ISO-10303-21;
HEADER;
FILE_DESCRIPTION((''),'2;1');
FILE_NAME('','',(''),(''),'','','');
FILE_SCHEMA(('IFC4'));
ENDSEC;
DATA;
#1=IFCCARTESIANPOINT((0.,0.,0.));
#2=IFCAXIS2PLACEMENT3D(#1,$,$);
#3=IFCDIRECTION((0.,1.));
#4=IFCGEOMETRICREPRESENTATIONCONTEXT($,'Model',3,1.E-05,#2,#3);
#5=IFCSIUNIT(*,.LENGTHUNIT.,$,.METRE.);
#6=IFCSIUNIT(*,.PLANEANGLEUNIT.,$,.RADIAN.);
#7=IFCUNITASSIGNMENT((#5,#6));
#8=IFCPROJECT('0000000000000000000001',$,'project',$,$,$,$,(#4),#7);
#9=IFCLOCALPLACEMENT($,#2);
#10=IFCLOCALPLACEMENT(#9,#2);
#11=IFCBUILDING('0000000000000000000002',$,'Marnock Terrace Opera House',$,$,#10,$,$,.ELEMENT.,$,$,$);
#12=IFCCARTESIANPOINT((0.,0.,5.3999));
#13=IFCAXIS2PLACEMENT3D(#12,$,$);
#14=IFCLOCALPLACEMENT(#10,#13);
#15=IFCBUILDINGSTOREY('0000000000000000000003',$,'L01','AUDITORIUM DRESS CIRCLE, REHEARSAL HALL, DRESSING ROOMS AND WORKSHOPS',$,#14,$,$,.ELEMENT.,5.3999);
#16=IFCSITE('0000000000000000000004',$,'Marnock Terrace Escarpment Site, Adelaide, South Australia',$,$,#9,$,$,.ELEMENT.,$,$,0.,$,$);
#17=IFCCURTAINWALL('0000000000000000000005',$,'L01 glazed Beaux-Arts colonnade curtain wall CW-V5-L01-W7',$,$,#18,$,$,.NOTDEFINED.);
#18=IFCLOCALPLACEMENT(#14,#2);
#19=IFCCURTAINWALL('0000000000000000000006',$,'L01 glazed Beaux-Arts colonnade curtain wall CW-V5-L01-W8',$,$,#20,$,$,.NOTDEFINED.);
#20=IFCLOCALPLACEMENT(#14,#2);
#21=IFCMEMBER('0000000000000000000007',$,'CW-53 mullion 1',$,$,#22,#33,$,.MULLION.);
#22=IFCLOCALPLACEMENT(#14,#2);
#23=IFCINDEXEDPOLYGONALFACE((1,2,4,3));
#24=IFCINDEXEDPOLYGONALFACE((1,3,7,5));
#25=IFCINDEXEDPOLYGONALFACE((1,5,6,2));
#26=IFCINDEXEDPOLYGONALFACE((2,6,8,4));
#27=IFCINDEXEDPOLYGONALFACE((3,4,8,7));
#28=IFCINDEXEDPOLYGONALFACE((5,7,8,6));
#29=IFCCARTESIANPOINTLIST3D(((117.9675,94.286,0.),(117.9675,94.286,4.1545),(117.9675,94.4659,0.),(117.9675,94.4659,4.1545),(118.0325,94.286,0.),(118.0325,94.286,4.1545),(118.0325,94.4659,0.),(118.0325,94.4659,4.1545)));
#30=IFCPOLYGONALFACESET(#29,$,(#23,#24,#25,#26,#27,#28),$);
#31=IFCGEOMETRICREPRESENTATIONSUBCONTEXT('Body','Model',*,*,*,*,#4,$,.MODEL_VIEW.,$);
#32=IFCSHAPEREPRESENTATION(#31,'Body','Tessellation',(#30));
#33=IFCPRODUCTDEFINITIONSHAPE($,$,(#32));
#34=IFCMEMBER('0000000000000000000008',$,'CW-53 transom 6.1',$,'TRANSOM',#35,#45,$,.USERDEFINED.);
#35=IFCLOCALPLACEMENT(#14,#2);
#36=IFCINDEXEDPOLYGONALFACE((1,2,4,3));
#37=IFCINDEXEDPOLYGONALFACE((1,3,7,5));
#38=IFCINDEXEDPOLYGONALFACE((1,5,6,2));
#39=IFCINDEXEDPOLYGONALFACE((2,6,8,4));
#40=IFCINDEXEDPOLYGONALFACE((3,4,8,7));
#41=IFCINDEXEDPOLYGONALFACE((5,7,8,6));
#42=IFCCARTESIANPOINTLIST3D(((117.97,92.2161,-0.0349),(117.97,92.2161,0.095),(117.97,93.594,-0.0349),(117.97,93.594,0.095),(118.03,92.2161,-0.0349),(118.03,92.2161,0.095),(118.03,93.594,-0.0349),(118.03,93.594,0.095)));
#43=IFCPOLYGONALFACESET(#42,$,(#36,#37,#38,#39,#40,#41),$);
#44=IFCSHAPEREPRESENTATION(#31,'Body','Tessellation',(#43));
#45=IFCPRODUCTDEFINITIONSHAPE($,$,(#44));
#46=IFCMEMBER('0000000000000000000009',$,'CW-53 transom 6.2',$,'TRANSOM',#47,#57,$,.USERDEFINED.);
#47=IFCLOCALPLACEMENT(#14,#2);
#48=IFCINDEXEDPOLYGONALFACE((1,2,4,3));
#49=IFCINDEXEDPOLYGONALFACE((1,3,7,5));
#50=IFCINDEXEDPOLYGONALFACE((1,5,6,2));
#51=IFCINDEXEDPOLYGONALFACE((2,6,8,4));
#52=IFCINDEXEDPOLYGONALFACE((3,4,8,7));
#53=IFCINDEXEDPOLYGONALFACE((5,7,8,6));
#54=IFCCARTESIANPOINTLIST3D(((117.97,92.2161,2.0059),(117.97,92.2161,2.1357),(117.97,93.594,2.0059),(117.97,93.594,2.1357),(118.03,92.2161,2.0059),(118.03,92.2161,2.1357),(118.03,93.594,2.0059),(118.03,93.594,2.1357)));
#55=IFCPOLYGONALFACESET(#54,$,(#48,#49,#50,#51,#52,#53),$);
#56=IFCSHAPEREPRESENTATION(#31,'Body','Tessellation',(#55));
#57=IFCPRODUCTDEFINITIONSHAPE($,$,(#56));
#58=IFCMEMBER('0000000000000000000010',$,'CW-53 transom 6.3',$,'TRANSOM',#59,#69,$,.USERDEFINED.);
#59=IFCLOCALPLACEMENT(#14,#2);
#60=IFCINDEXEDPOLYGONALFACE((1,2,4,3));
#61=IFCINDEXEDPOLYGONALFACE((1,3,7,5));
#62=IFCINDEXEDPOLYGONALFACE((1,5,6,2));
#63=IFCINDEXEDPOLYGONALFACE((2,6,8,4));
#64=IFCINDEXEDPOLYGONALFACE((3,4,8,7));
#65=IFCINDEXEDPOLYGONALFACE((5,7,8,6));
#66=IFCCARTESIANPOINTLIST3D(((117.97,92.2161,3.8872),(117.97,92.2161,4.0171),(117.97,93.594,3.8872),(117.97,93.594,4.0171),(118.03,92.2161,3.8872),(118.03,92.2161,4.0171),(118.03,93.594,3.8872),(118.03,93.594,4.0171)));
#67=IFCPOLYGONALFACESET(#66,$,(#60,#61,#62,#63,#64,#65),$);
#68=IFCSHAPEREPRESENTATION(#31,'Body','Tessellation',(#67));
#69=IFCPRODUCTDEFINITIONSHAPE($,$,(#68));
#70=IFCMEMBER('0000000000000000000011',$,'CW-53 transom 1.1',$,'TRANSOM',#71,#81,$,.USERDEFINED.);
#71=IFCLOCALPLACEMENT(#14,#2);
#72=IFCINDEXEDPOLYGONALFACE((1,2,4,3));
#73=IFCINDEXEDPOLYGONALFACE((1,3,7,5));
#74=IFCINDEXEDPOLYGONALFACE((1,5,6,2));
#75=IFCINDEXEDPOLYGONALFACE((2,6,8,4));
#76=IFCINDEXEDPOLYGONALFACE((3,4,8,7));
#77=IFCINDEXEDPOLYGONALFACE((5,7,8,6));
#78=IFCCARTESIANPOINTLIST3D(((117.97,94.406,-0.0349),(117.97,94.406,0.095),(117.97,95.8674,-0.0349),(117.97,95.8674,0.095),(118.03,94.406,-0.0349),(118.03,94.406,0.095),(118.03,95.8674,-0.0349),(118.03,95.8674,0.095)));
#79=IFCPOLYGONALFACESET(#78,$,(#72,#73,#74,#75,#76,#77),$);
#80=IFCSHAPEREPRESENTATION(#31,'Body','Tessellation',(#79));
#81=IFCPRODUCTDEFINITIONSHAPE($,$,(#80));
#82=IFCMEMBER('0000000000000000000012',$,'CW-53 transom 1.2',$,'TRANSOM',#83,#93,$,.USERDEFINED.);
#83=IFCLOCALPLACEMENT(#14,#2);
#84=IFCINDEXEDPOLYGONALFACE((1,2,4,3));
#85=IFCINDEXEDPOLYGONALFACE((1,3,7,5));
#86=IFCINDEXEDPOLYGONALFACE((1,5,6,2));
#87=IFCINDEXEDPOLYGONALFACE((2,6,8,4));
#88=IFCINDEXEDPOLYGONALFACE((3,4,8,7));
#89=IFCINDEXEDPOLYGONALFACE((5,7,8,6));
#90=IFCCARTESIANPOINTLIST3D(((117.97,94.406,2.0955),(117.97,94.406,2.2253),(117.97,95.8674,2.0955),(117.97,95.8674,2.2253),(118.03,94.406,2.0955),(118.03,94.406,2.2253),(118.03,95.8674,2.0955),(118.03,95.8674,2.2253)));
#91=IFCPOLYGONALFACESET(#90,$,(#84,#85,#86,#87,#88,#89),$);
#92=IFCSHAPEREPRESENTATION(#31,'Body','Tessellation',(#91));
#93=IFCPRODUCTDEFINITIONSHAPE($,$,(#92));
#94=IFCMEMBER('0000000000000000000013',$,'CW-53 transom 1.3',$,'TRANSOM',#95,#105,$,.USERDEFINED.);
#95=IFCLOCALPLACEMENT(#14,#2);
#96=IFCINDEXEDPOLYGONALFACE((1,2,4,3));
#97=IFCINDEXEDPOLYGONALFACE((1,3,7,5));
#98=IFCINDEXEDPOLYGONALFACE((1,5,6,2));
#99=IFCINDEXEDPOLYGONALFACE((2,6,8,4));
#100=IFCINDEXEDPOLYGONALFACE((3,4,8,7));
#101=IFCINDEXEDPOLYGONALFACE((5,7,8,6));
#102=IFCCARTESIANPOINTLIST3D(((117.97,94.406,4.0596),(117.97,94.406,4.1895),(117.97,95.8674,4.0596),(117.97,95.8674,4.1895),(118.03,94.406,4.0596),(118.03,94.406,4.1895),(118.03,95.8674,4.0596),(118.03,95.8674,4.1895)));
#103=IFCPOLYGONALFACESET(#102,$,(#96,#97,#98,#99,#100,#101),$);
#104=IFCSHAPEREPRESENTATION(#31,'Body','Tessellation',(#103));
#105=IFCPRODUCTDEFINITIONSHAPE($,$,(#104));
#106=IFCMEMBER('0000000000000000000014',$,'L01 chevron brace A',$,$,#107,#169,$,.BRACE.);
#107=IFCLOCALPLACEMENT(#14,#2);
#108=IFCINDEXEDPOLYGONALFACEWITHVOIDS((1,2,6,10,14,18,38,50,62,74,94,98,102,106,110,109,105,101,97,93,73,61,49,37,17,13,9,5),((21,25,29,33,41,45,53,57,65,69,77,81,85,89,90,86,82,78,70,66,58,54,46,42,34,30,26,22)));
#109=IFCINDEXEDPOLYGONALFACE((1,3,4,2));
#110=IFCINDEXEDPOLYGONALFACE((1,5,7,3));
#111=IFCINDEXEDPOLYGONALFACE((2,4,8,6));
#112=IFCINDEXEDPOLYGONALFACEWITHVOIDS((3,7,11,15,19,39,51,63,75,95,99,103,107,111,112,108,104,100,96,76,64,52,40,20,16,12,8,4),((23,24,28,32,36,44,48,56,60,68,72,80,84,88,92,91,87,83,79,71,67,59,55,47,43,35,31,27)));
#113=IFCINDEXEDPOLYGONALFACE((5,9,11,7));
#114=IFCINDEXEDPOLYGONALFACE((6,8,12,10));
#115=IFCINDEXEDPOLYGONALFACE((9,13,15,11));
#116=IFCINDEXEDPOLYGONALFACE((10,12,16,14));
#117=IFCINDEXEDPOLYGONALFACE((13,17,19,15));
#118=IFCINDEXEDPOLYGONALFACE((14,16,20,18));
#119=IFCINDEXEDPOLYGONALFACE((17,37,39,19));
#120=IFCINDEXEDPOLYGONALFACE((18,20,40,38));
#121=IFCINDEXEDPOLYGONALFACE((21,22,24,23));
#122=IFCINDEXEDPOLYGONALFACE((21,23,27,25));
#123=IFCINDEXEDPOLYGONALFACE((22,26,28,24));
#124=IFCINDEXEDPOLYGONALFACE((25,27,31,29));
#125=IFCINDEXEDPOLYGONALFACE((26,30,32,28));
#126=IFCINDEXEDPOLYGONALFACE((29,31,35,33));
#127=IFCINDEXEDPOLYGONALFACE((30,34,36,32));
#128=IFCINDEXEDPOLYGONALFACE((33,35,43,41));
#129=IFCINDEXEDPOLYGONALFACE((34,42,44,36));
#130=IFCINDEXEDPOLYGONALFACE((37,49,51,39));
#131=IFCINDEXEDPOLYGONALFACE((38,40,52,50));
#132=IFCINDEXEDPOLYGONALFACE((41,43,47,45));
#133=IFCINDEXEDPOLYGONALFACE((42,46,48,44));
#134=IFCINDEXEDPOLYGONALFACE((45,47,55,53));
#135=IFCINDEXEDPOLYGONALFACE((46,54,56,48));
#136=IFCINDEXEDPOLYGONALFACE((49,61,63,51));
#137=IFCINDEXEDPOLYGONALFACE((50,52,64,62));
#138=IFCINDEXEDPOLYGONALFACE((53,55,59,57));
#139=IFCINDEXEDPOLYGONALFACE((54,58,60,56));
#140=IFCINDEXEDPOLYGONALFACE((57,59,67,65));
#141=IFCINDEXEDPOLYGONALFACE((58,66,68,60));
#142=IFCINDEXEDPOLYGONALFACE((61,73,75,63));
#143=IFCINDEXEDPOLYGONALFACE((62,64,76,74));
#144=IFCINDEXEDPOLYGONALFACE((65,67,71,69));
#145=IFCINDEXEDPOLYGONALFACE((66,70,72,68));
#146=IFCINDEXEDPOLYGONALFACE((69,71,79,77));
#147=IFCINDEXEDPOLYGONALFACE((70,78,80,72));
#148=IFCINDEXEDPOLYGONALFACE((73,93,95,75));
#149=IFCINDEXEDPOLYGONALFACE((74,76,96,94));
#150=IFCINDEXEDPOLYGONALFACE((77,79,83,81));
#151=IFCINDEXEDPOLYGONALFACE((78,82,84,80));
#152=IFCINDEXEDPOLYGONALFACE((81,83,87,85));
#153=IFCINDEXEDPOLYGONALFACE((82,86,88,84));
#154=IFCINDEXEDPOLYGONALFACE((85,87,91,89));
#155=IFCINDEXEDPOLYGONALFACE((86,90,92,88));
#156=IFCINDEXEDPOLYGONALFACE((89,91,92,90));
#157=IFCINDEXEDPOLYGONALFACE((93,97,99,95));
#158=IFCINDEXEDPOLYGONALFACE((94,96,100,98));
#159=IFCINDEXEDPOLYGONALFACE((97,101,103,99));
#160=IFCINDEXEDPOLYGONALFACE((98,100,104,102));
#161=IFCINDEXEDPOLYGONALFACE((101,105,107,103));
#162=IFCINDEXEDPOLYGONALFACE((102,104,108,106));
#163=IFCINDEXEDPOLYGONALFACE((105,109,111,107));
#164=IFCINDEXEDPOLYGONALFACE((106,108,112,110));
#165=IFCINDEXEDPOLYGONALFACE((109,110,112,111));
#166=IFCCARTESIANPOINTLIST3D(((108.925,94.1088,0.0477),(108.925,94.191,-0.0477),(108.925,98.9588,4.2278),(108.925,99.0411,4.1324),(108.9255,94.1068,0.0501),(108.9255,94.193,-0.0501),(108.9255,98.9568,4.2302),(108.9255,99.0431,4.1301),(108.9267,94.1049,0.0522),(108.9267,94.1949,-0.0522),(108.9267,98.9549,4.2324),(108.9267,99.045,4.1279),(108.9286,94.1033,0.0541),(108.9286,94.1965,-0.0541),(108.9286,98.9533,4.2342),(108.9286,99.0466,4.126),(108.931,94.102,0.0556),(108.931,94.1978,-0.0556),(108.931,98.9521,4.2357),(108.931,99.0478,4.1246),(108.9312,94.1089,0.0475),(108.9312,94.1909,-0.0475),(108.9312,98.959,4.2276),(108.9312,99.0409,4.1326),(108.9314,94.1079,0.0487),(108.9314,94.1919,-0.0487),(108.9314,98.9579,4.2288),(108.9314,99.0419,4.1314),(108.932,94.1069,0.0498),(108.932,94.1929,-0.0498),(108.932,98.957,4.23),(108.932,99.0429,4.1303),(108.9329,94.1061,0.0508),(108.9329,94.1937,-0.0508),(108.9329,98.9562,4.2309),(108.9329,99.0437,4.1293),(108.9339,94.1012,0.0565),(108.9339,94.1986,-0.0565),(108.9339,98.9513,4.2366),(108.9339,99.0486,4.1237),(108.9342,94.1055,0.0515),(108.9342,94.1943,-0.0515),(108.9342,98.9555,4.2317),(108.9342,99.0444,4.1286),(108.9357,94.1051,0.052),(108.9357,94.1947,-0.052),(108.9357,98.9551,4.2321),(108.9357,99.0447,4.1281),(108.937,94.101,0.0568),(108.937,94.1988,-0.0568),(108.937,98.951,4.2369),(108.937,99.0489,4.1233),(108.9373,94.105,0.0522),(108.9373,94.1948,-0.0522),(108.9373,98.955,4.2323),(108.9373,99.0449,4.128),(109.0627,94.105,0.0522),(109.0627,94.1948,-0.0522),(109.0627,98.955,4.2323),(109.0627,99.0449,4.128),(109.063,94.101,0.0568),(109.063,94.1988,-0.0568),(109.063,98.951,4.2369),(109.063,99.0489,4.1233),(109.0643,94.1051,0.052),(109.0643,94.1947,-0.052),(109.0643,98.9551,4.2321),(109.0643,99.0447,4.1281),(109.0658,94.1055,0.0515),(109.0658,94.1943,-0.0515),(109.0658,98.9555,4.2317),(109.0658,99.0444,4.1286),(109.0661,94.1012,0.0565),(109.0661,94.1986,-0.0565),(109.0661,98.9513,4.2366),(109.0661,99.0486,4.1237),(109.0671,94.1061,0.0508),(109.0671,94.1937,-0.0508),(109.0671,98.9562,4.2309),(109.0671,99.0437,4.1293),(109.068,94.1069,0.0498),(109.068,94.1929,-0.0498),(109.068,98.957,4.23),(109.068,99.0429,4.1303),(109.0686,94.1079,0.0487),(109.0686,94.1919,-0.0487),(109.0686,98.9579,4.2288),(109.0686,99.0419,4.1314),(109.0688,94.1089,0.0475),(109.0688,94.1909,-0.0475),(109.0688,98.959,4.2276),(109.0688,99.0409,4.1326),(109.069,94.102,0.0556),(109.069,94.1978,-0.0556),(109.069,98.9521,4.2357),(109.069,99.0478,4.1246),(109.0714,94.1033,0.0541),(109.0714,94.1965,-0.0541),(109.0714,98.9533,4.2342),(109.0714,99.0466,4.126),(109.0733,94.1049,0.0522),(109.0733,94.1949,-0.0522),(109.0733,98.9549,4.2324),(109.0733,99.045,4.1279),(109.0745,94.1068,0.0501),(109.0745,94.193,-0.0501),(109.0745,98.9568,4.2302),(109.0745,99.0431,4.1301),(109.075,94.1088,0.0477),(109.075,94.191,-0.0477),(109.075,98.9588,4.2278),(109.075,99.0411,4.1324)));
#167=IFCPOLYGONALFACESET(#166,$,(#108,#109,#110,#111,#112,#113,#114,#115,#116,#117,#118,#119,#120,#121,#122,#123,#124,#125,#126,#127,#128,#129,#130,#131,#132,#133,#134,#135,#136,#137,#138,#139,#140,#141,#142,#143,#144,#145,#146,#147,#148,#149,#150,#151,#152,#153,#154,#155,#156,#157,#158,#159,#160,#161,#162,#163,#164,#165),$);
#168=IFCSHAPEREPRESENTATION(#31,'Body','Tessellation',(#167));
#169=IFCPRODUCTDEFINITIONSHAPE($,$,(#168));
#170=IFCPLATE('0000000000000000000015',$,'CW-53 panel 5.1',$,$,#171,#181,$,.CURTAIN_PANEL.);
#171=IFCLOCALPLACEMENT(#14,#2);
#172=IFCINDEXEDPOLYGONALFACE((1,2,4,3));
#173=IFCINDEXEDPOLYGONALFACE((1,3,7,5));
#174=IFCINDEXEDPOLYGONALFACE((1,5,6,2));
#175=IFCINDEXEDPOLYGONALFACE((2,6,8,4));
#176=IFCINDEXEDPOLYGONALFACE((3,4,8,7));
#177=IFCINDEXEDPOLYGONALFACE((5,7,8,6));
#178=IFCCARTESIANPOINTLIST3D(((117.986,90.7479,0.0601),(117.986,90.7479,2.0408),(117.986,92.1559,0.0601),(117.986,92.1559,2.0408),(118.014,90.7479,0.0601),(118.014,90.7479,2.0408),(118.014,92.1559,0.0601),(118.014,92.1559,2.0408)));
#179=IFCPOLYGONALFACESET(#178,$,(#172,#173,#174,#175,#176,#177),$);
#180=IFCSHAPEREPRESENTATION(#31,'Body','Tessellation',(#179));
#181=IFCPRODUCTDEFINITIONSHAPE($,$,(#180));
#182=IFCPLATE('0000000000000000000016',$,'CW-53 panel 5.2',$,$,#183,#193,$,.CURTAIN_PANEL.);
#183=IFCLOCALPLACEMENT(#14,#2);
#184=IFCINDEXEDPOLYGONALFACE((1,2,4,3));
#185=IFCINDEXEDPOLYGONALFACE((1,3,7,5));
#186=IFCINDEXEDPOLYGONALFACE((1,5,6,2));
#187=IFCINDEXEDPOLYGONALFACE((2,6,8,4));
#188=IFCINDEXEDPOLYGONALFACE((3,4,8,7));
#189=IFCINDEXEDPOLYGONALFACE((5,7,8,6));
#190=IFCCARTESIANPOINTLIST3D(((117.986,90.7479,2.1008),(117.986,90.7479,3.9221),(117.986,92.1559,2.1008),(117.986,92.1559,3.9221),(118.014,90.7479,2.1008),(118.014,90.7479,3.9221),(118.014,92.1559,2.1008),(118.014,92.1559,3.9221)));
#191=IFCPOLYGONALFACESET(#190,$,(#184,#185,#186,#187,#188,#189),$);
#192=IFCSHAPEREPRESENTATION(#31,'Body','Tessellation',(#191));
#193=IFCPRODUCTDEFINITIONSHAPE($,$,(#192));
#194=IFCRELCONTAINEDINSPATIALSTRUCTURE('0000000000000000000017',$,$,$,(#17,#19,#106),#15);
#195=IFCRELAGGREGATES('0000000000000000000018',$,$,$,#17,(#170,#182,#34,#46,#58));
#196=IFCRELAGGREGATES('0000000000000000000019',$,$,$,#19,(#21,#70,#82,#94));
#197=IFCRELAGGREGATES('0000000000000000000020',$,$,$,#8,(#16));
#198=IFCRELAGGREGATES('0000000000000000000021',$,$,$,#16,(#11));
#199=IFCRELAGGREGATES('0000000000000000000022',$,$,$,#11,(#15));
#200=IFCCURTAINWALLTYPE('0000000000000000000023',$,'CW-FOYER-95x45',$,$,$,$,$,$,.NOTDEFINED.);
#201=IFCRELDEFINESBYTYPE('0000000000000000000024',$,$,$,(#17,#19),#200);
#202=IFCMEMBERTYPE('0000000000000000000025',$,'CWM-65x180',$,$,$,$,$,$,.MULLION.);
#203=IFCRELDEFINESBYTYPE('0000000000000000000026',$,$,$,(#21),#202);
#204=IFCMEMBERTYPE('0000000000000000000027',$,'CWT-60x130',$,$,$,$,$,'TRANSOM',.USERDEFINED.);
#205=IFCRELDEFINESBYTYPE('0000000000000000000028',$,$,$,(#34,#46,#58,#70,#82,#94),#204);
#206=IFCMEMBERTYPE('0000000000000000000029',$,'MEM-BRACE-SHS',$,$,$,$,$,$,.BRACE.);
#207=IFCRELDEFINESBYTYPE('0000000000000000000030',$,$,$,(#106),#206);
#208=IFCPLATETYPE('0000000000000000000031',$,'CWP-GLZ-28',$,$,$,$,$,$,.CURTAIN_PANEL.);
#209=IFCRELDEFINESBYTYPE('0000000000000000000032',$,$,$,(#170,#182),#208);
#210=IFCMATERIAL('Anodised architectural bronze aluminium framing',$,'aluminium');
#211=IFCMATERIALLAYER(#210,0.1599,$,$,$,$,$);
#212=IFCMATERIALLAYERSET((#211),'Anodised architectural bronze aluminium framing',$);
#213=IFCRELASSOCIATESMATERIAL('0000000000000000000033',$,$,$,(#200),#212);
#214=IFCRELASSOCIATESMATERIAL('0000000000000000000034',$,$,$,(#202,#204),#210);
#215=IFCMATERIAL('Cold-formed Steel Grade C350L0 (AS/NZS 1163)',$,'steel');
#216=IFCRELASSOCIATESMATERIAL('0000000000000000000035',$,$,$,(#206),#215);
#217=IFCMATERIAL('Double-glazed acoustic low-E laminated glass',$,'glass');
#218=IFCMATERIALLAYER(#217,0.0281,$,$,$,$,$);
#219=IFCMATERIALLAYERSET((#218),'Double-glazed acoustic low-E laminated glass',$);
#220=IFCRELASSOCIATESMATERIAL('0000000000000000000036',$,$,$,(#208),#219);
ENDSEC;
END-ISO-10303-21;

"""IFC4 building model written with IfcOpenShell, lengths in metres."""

from ifc_helpers import new_model, si_unit, direction, frame, origin, origin_2d, place, context, subcontext, project, spatial, rectangle, hollow_rectangle, extrude, material, layer, layer_set, material_profile, profile_set, type_object, element, aggregate, save


model = new_model("IFC4")

# Units and contexts
model_context = context("Model", 3, precision=1e-05, world=origin(), true_north=direction((0.0, 1.0)))
body_context = subcontext(model_context, "Body", "Model", "MODEL_VIEW")
ifc_project = project(units=[si_unit("LENGTHUNIT", "METRE"), si_unit("PLANEANGLEUNIT", "RADIAN")], contexts=[model_context])

# Site, building, storey
site_placement = place(None, origin())
site = spatial("IfcSite", under=ifc_project, at=site_placement, Name="Marnock Terrace Escarpment Site, Adelaide, South Australia", CompositionType="ELEMENT", RefElevation=0.0)
building_placement = place(site_placement, origin())
building = spatial("IfcBuilding", under=site, at=building_placement, Name="Marnock Terrace Opera House", CompositionType="ELEMENT")
storey_placement = place(building_placement, frame((0.0, 0.0, 5.3999)))
storey = spatial("IfcBuildingStorey", under=building, at=storey_placement, Name="L01", Description="AUDITORIUM DRESS CIRCLE, REHEARSAL HALL, DRESSING ROOMS AND WORKSHOPS", CompositionType="ELEMENT", Elevation=5.3999)

# Curtain wall
ifc_material_1 = material(Name="Anodised architectural bronze aluminium framing", Category="aluminium")
ifc_layer_1 = layer(ifc_material_1, 0.1599)
ifc_layer_set_1 = layer_set([ifc_layer_1], Name="Anodised architectural bronze aluminium framing")
curtain_wall_type = type_object("IfcCurtainWallType", Name="CW-FOYER-95x45", PredefinedType="NOTDEFINED", material=ifc_layer_set_1)
curtain_wall_1_placement = place(storey_placement, origin())
curtain_wall_1 = element("IfcCurtainWall", 1, at=curtain_wall_1_placement, inside=storey, type_object=curtain_wall_type, Name="L01 glazed Beaux-Arts colonnade curtain wall CW-V5-L01-W7", PredefinedType="NOTDEFINED")
ifc_material_profile_1 = material_profile(ifc_material_1, rectangle(XDim=0.0649, YDim=0.1799, at=origin_2d()))
ifc_profile_set_1 = profile_set([ifc_material_profile_1], Name="Anodised architectural bronze aluminium framing")
member_type_1 = type_object("IfcMemberType", Name="CWM-65x180", PredefinedType="MULLION", material=ifc_profile_set_1)

# Curtain wall, member
curtain_wall_2_placement = place(storey_placement, origin())
curtain_wall_2 = element("IfcCurtainWall", 2, at=curtain_wall_2_placement, inside=storey, type_object=curtain_wall_type, Name="L01 glazed Beaux-Arts colonnade curtain wall CW-V5-L01-W8", PredefinedType="NOTDEFINED")
member_1_placement = place(storey_placement, frame((118.0, 94.376, 0.0), z_axis=(0.0, 0.0, 1.0), x_axis=(-1.0, 0.0, 0.0)))
member_1 = element("IfcMember", 3, at=member_1_placement, type_object=member_type_1, Name="CW-53 mullion 1", PredefinedType="MULLION", context=body_context, shape_type="SweptSolid", body=[
    extrude(rectangle(XDim=0.0649, YDim=0.1799, at=origin_2d()), origin(), (0.0, 0.0, 1.0), 4.1545),
])

# Members
ifc_material_profile_2 = material_profile(ifc_material_1, rectangle(XDim=0.0601, YDim=0.1299, at=origin_2d()))
ifc_profile_set_2 = profile_set([ifc_material_profile_2], Name="Anodised architectural bronze aluminium framing")
member_type_2 = type_object("IfcMemberType", Name="CWT-60x130", ElementType="TRANSOM", PredefinedType="USERDEFINED", material=ifc_profile_set_2)
member_2_placement = place(storey_placement, frame((118.0, 92.2161, 0.03), z_axis=(0.0, 1.0, 0.0), x_axis=(-1.0, 0.0, 0.0)))
member_2 = element("IfcMember", 4, at=member_2_placement, type_object=member_type_2, Name="CW-53 transom 6.1", ObjectType="TRANSOM", PredefinedType="USERDEFINED", context=body_context, shape_type="SweptSolid", body=[
    extrude(rectangle(XDim=0.0601, YDim=0.1299, at=origin_2d()), origin(), (0.0, 0.0, 1.0), 1.3779),
])
member_3_placement = place(storey_placement, frame((118.0, 92.2161, 2.0708), z_axis=(0.0, 1.0, 0.0), x_axis=(-1.0, 0.0, 0.0)))
member_3 = element("IfcMember", 5, at=member_3_placement, type_object=member_type_2, Name="CW-53 transom 6.2", ObjectType="TRANSOM", PredefinedType="USERDEFINED", context=body_context, shape_type="SweptSolid", body=[
    extrude(rectangle(XDim=0.0601, YDim=0.1299, at=origin_2d()), origin(), (0.0, 0.0, 1.0), 1.3779),
])
member_4_placement = place(storey_placement, frame((118.0, 92.2161, 3.9521), z_axis=(0.0, 1.0, 0.0), x_axis=(-1.0, 0.0, 0.0)))
member_4 = element("IfcMember", 6, at=member_4_placement, type_object=member_type_2, Name="CW-53 transom 6.3", ObjectType="TRANSOM", PredefinedType="USERDEFINED", context=body_context, shape_type="SweptSolid", body=[
    extrude(rectangle(XDim=0.0601, YDim=0.1299, at=origin_2d()), origin(), (0.0, 0.0, 1.0), 1.3779),
])
member_5_placement = place(storey_placement, frame((118.0, 94.406, 0.03), z_axis=(0.0, 1.0, 0.0), x_axis=(-1.0, 0.0, 0.0)))
member_5 = element("IfcMember", 7, at=member_5_placement, type_object=member_type_2, Name="CW-53 transom 1.1", ObjectType="TRANSOM", PredefinedType="USERDEFINED", context=body_context, shape_type="SweptSolid", body=[
    extrude(rectangle(XDim=0.0601, YDim=0.1299, at=origin_2d()), origin(), (0.0, 0.0, 1.0), 1.4614),
])
member_6_placement = place(storey_placement, frame((118.0, 94.406, 2.1604), z_axis=(0.0, 1.0, 0.0), x_axis=(-1.0, 0.0, 0.0)))
member_6 = element("IfcMember", 8, at=member_6_placement, type_object=member_type_2, Name="CW-53 transom 1.2", ObjectType="TRANSOM", PredefinedType="USERDEFINED", context=body_context, shape_type="SweptSolid", body=[
    extrude(rectangle(XDim=0.0601, YDim=0.1299, at=origin_2d()), origin(), (0.0, 0.0, 1.0), 1.4614),
])
member_7_placement = place(storey_placement, frame((118.0, 94.406, 4.1245), z_axis=(0.0, 1.0, 0.0), x_axis=(-1.0, 0.0, 0.0)))
member_7 = element("IfcMember", 9, at=member_7_placement, type_object=member_type_2, Name="CW-53 transom 1.3", ObjectType="TRANSOM", PredefinedType="USERDEFINED", context=body_context, shape_type="SweptSolid", body=[
    extrude(rectangle(XDim=0.0601, YDim=0.1299, at=origin_2d()), origin(), (0.0, 0.0, 1.0), 1.4614),
])
ifc_material_2 = material(Name="Cold-formed Steel Grade C350L0 (AS/NZS 1163)", Category="steel")
ifc_material_profile_3 = material_profile(ifc_material_2, hollow_rectangle(XDim=0.1499, YDim=0.1499, WallThickness=0.0061, InnerFilletRadius=0.0061, OuterFilletRadius=0.012, at=origin_2d()))
ifc_profile_set_3 = profile_set([ifc_material_profile_3], Name="Cold-formed Steel Grade C350L0 (AS/NZS 1163)")
member_type_3 = type_object("IfcMemberType", Name="MEM-BRACE-SHS", PredefinedType="BRACE", material=ifc_profile_set_3)
member_8_placement = place(storey_placement, frame((109.0, 94.1499, 0.0), z_axis=(0.0, 0.757483, 0.652855), x_axis=(-1.0, 0.0, 0.0)))
element("IfcMember", 10, at=member_8_placement, inside=storey, type_object=member_type_3, Name="L01 chevron brace A", PredefinedType="BRACE", context=body_context, shape_type="SweptSolid", body=[
    extrude(hollow_rectangle(XDim=0.1499, YDim=0.1499, WallThickness=0.0061, InnerFilletRadius=0.0061, OuterFilletRadius=0.012, at=origin_2d()), origin(), (0.0, 0.0, 1.0), 6.4028),
])

# Plates
ifc_material_3 = material(Name="Double-glazed acoustic low-E laminated glass", Category="glass")
ifc_layer_2 = layer(ifc_material_3, 0.0281)
ifc_layer_set_2 = layer_set([ifc_layer_2], Name="Double-glazed acoustic low-E laminated glass")
plate_type = type_object("IfcPlateType", Name="CWP-GLZ-28", PredefinedType="CURTAIN_PANEL", material=ifc_layer_set_2)
plate_1_placement = place(storey_placement, frame((118.0, 91.4519, 0.0601), z_axis=(0.0, 0.0, 1.0), x_axis=(0.0, 1.0, 0.0)))
plate_1 = element("IfcPlate", 11, at=plate_1_placement, type_object=plate_type, Name="CW-53 panel 5.1", PredefinedType="CURTAIN_PANEL", context=body_context, shape_type="SweptSolid", body=[
    extrude(rectangle(XDim=1.408, YDim=0.0281, at=origin_2d()), origin(), (0.0, 0.0, 1.0), 1.9807),
])
plate_2_placement = place(storey_placement, frame((118.0, 91.4519, 2.1008), z_axis=(0.0, 0.0, 1.0), x_axis=(0.0, 1.0, 0.0)))
plate_2 = element("IfcPlate", 12, at=plate_2_placement, type_object=plate_type, Name="CW-53 panel 5.2", PredefinedType="CURTAIN_PANEL", context=body_context, shape_type="SweptSolid", body=[
    extrude(rectangle(XDim=1.408, YDim=0.0281, at=origin_2d()), origin(), (0.0, 0.0, 1.0), 1.8213),
])
aggregate(curtain_wall_1, [plate_1, plate_2, member_2, member_3, member_4])
aggregate(curtain_wall_2, [member_1, member_5, member_6, member_7])

save(model, "model.ifc")
